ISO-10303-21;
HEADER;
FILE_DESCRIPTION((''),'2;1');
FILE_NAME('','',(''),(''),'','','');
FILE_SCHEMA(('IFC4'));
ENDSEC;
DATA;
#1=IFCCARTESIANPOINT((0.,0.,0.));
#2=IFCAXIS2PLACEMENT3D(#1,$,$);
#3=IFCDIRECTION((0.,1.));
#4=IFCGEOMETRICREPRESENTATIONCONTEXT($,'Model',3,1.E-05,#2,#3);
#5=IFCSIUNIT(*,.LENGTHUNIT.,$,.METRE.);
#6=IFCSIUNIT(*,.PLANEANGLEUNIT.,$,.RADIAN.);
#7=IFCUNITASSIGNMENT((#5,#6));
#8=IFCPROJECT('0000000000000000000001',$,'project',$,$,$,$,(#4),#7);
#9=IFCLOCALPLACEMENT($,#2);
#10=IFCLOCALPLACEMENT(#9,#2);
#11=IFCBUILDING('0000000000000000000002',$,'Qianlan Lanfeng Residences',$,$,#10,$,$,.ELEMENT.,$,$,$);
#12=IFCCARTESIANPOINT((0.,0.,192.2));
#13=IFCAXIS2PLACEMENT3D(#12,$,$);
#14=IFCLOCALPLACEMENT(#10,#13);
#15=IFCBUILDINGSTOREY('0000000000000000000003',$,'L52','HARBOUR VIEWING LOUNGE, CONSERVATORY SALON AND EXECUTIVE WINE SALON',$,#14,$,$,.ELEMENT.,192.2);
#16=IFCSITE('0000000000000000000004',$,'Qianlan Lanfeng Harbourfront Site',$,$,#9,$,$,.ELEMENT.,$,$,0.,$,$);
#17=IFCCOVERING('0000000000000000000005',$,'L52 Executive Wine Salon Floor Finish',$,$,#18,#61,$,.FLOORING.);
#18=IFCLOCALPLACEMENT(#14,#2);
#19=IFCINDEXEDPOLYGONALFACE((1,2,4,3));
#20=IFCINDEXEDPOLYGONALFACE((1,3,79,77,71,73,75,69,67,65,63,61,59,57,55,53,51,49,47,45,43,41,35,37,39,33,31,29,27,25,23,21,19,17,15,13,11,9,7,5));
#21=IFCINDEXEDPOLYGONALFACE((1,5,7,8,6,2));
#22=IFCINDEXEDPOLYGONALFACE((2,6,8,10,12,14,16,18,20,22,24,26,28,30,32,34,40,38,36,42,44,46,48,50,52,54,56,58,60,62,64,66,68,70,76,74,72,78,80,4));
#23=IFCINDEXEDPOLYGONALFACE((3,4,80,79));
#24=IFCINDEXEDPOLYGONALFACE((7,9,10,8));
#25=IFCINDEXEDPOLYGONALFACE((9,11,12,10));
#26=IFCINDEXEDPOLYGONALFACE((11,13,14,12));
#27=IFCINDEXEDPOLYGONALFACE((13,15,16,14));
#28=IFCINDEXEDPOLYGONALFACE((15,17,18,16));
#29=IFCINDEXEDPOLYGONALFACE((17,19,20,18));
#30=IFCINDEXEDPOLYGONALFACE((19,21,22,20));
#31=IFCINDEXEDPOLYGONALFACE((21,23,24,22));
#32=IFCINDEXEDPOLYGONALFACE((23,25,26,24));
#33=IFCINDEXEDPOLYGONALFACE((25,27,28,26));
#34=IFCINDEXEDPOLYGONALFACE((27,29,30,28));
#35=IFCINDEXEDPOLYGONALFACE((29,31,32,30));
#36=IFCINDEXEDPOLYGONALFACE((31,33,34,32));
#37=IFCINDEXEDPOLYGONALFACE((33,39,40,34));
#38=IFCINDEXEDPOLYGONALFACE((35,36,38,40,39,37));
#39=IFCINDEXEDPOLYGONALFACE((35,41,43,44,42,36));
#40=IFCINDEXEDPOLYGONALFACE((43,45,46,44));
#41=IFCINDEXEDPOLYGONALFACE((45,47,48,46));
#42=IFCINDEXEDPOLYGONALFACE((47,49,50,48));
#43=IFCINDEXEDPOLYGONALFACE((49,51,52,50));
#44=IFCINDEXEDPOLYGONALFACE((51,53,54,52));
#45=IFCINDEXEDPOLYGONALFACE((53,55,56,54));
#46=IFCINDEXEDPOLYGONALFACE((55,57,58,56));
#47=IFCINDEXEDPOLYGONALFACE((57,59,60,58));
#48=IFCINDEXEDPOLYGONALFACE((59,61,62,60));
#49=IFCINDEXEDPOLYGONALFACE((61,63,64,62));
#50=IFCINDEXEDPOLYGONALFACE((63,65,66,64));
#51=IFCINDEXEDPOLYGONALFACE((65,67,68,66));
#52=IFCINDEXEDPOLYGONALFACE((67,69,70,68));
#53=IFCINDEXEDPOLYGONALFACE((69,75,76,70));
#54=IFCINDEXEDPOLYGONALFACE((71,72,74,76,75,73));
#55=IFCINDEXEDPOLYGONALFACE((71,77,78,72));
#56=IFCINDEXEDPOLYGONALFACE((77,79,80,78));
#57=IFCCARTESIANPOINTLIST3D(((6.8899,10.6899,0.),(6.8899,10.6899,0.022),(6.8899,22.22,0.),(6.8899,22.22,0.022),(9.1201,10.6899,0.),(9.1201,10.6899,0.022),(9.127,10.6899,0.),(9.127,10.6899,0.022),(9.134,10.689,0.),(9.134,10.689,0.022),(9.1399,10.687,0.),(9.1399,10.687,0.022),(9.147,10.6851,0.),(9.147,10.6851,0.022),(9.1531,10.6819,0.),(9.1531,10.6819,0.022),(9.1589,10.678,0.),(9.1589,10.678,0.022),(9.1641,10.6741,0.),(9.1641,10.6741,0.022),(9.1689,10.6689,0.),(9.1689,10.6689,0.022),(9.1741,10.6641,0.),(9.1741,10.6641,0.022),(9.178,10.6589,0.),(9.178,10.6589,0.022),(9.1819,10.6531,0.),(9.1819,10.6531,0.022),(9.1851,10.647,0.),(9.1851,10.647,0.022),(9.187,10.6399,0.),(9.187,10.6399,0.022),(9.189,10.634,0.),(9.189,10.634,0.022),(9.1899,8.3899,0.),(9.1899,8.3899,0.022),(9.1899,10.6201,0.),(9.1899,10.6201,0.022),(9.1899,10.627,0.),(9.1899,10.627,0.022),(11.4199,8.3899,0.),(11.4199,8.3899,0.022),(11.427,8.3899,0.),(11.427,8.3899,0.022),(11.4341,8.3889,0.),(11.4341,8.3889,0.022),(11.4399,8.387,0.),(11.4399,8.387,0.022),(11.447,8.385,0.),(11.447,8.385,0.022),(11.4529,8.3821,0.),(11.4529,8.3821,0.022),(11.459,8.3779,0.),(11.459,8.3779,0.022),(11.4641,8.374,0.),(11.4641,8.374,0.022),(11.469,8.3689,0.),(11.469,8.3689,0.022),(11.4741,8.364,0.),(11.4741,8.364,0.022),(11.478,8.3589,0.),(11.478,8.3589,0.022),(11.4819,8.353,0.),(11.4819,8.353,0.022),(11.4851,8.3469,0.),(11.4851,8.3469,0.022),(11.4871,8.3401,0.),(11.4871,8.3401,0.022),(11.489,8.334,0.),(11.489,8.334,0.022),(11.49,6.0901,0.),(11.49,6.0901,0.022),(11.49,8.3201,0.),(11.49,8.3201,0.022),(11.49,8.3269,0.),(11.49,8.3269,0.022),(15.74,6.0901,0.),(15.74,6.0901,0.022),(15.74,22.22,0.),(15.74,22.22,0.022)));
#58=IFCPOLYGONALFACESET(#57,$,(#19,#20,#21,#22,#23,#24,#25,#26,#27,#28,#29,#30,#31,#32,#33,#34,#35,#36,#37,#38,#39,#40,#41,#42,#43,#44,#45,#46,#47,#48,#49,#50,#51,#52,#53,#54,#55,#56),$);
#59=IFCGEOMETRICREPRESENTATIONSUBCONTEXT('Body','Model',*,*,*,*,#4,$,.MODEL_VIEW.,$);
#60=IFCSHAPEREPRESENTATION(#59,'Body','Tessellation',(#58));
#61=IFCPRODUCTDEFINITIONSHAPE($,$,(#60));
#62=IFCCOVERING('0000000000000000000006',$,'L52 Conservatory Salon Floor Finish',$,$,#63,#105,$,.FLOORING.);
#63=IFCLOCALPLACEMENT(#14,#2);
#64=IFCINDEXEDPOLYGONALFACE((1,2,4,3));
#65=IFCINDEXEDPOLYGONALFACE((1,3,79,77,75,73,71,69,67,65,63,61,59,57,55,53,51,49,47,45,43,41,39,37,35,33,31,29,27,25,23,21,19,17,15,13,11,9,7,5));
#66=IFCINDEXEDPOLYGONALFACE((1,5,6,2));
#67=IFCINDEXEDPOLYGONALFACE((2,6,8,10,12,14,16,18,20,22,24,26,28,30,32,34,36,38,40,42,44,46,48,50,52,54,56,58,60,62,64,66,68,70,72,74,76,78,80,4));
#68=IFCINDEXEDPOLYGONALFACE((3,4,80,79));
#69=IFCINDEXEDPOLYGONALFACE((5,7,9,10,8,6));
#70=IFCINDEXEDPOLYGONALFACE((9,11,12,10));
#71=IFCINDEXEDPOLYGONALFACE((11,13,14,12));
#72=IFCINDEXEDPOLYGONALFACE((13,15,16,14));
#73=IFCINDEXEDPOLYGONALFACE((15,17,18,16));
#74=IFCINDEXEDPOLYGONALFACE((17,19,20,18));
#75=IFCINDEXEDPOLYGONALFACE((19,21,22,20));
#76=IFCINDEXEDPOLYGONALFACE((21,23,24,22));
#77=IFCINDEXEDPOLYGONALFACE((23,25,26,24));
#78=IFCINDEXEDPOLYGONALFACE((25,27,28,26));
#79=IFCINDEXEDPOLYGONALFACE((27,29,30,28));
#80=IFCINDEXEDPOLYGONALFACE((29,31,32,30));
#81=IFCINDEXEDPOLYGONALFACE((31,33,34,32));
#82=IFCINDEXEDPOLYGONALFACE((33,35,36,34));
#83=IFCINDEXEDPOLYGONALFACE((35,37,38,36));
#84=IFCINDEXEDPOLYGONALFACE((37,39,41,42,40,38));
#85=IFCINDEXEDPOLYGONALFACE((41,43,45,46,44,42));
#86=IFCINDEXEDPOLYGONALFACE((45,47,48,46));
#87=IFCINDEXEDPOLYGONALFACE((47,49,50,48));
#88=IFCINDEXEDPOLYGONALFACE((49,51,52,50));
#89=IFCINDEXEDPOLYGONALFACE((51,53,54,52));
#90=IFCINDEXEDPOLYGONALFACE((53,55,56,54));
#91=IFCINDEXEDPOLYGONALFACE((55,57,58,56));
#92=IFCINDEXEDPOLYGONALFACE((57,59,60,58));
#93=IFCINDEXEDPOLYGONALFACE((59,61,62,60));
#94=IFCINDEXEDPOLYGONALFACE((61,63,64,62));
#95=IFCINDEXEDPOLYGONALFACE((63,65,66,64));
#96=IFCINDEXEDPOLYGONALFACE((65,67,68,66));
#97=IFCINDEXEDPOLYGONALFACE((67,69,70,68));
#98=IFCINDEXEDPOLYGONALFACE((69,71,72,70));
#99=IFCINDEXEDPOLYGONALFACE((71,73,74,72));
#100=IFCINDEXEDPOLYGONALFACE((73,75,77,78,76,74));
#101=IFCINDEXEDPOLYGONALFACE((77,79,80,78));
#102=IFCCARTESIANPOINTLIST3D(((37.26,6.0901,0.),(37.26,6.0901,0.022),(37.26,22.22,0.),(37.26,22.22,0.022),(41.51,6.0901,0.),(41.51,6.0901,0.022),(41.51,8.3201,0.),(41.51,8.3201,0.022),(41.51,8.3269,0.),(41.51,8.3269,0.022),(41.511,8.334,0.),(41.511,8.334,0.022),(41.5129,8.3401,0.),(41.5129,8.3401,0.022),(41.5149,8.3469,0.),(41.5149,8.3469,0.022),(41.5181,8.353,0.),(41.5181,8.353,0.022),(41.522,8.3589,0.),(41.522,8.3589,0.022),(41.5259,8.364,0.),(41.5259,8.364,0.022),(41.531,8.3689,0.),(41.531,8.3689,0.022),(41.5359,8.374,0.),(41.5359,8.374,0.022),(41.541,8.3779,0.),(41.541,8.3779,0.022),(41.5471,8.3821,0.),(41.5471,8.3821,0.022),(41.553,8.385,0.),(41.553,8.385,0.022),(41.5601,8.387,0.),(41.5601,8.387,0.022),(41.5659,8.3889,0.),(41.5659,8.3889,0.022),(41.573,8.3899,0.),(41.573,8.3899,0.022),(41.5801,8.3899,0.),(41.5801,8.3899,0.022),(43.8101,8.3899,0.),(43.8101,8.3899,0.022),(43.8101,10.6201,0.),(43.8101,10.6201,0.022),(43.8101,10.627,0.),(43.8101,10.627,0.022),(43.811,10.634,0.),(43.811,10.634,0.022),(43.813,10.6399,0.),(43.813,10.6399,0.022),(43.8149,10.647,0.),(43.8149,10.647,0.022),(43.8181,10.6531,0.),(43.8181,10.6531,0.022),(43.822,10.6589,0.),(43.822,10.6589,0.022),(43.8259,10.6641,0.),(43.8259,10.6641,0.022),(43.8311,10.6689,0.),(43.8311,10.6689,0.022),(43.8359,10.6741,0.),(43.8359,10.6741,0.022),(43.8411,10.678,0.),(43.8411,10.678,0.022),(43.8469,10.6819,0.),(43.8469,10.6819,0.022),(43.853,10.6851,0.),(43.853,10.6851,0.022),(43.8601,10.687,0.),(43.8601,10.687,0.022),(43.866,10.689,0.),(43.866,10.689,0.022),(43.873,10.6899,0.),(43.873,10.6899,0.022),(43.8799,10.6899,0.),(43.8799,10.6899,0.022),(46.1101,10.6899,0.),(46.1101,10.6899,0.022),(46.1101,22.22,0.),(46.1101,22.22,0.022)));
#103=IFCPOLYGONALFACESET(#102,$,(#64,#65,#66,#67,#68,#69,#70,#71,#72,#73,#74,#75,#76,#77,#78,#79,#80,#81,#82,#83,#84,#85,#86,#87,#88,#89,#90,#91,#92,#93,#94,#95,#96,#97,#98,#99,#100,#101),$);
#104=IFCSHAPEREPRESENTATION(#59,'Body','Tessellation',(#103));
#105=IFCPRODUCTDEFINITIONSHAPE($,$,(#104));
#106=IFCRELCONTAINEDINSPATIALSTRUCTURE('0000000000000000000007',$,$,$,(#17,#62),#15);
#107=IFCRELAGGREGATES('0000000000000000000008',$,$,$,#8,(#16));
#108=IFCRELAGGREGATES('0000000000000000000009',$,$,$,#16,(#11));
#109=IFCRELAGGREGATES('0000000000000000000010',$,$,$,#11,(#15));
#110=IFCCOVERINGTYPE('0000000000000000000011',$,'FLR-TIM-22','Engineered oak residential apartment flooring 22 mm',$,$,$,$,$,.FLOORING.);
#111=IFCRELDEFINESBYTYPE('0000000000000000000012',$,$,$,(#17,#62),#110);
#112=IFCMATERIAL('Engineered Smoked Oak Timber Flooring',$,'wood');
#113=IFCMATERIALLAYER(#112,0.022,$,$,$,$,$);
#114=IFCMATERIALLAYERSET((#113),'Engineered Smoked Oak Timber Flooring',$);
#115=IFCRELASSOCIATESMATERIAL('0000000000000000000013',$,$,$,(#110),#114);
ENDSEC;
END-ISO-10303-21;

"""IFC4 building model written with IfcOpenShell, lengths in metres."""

from ifc_helpers import new_model, si_unit, direction, frame, origin, place, context, subcontext, project, spatial, polyline, outline, extrude, material, layer, layer_set, type_object, element, save


model = new_model("IFC4")

# Units and contexts
model_context = context("Model", 3, precision=1e-05, world=origin(), true_north=direction((0.0, 1.0)))
body_context = subcontext(model_context, "Body", "Model", "MODEL_VIEW")
ifc_project = project(units=[si_unit("LENGTHUNIT", "METRE"), si_unit("PLANEANGLEUNIT", "RADIAN")], contexts=[model_context])

# Site, building, storey
site_placement = place(None, origin())
site = spatial("IfcSite", under=ifc_project, at=site_placement, Name="Qianlan Lanfeng Harbourfront Site", CompositionType="ELEMENT", RefElevation=0.0)
building_placement = place(site_placement, origin())
building = spatial("IfcBuilding", under=site, at=building_placement, Name="Qianlan Lanfeng Residences", CompositionType="ELEMENT")
storey_placement = place(building_placement, frame((0.0, 0.0, 192.2)))
storey = spatial("IfcBuildingStorey", under=building, at=storey_placement, Name="L52", Description="HARBOUR VIEWING LOUNGE, CONSERVATORY SALON AND EXECUTIVE WINE SALON", CompositionType="ELEMENT", Elevation=192.2)

# Coverings
ifc_material_1 = material(Name="Engineered Smoked Oak Timber Flooring", Category="wood")
ifc_layer_1 = layer(ifc_material_1, 0.022)
ifc_layer_set_1 = layer_set([ifc_layer_1], Name="Engineered Smoked Oak Timber Flooring")
covering_type_1 = type_object("IfcCoveringType", Name="FLR-TIM-22", Description="Engineered oak residential apartment flooring 22 mm", PredefinedType="FLOORING", material=ifc_layer_set_1)
covering_1_placement = place(storey_placement, origin())
element("IfcCovering", 1, at=covering_1_placement, inside=storey, type_object=covering_type_1, Name="L52 Executive Wine Salon Floor Finish", PredefinedType="FLOORING", context=body_context, shape_type="SweptSolid", body=[
    extrude(outline(polyline([(15.74, 22.22), (6.8899, 22.22), (6.8899, 10.6899), (9.1201, 10.6899), (9.127, 10.6899), (9.134, 10.689), (9.1399, 10.687), (9.147, 10.6851), (9.1531, 10.6819), (9.1589, 10.678), (9.1641, 10.6741), (9.1689, 10.6689), (9.1741, 10.6641), (9.178, 10.6589), (9.1819, 10.6531), (9.1851, 10.647), (9.187, 10.6399), (9.189, 10.634), (9.1899, 10.627), (9.1899, 10.6201), (9.1899, 8.3899), (11.4199, 8.3899), (11.427, 8.3899), (11.4341, 8.3889), (11.4399, 8.387), (11.447, 8.385), (11.4529, 8.3821), (11.459, 8.3779), (11.4641, 8.374), (11.469, 8.3689), (11.4741, 8.364), (11.478, 8.3589), (11.4819, 8.353), (11.4851, 8.3469), (11.4871, 8.3401), (11.489, 8.334), (11.49, 8.3269), (11.49, 8.3201), (11.49, 6.0901), (15.74, 6.0901), (15.74, 22.22)])), origin(), (0.0, 0.0, 1.0), 0.022),
])
covering_2_placement = place(storey_placement, origin())
element("IfcCovering", 2, at=covering_2_placement, inside=storey, type_object=covering_type_1, Name="L52 Conservatory Salon Floor Finish", PredefinedType="FLOORING", context=body_context, shape_type="SweptSolid", body=[
    extrude(outline(polyline([(37.26, 22.22), (37.26, 6.0901), (41.51, 6.0901), (41.51, 8.3201), (41.51, 8.3269), (41.511, 8.334), (41.5129, 8.3401), (41.5149, 8.3469), (41.5181, 8.353), (41.522, 8.3589), (41.5259, 8.364), (41.531, 8.3689), (41.5359, 8.374), (41.541, 8.3779), (41.5471, 8.3821), (41.553, 8.385), (41.5601, 8.387), (41.5659, 8.3889), (41.573, 8.3899), (41.5801, 8.3899), (43.8101, 8.3899), (43.8101, 10.6201), (43.8101, 10.627), (43.811, 10.634), (43.813, 10.6399), (43.8149, 10.647), (43.8181, 10.6531), (43.822, 10.6589), (43.8259, 10.6641), (43.8311, 10.6689), (43.8359, 10.6741), (43.8411, 10.678), (43.8469, 10.6819), (43.853, 10.6851), (43.8601, 10.687), (43.866, 10.689), (43.873, 10.6899), (43.8799, 10.6899), (46.1101, 10.6899), (46.1101, 22.22), (37.26, 22.22)])), origin(), (0.0, 0.0, 1.0), 0.022),
])

save(model, "model.ifc")
